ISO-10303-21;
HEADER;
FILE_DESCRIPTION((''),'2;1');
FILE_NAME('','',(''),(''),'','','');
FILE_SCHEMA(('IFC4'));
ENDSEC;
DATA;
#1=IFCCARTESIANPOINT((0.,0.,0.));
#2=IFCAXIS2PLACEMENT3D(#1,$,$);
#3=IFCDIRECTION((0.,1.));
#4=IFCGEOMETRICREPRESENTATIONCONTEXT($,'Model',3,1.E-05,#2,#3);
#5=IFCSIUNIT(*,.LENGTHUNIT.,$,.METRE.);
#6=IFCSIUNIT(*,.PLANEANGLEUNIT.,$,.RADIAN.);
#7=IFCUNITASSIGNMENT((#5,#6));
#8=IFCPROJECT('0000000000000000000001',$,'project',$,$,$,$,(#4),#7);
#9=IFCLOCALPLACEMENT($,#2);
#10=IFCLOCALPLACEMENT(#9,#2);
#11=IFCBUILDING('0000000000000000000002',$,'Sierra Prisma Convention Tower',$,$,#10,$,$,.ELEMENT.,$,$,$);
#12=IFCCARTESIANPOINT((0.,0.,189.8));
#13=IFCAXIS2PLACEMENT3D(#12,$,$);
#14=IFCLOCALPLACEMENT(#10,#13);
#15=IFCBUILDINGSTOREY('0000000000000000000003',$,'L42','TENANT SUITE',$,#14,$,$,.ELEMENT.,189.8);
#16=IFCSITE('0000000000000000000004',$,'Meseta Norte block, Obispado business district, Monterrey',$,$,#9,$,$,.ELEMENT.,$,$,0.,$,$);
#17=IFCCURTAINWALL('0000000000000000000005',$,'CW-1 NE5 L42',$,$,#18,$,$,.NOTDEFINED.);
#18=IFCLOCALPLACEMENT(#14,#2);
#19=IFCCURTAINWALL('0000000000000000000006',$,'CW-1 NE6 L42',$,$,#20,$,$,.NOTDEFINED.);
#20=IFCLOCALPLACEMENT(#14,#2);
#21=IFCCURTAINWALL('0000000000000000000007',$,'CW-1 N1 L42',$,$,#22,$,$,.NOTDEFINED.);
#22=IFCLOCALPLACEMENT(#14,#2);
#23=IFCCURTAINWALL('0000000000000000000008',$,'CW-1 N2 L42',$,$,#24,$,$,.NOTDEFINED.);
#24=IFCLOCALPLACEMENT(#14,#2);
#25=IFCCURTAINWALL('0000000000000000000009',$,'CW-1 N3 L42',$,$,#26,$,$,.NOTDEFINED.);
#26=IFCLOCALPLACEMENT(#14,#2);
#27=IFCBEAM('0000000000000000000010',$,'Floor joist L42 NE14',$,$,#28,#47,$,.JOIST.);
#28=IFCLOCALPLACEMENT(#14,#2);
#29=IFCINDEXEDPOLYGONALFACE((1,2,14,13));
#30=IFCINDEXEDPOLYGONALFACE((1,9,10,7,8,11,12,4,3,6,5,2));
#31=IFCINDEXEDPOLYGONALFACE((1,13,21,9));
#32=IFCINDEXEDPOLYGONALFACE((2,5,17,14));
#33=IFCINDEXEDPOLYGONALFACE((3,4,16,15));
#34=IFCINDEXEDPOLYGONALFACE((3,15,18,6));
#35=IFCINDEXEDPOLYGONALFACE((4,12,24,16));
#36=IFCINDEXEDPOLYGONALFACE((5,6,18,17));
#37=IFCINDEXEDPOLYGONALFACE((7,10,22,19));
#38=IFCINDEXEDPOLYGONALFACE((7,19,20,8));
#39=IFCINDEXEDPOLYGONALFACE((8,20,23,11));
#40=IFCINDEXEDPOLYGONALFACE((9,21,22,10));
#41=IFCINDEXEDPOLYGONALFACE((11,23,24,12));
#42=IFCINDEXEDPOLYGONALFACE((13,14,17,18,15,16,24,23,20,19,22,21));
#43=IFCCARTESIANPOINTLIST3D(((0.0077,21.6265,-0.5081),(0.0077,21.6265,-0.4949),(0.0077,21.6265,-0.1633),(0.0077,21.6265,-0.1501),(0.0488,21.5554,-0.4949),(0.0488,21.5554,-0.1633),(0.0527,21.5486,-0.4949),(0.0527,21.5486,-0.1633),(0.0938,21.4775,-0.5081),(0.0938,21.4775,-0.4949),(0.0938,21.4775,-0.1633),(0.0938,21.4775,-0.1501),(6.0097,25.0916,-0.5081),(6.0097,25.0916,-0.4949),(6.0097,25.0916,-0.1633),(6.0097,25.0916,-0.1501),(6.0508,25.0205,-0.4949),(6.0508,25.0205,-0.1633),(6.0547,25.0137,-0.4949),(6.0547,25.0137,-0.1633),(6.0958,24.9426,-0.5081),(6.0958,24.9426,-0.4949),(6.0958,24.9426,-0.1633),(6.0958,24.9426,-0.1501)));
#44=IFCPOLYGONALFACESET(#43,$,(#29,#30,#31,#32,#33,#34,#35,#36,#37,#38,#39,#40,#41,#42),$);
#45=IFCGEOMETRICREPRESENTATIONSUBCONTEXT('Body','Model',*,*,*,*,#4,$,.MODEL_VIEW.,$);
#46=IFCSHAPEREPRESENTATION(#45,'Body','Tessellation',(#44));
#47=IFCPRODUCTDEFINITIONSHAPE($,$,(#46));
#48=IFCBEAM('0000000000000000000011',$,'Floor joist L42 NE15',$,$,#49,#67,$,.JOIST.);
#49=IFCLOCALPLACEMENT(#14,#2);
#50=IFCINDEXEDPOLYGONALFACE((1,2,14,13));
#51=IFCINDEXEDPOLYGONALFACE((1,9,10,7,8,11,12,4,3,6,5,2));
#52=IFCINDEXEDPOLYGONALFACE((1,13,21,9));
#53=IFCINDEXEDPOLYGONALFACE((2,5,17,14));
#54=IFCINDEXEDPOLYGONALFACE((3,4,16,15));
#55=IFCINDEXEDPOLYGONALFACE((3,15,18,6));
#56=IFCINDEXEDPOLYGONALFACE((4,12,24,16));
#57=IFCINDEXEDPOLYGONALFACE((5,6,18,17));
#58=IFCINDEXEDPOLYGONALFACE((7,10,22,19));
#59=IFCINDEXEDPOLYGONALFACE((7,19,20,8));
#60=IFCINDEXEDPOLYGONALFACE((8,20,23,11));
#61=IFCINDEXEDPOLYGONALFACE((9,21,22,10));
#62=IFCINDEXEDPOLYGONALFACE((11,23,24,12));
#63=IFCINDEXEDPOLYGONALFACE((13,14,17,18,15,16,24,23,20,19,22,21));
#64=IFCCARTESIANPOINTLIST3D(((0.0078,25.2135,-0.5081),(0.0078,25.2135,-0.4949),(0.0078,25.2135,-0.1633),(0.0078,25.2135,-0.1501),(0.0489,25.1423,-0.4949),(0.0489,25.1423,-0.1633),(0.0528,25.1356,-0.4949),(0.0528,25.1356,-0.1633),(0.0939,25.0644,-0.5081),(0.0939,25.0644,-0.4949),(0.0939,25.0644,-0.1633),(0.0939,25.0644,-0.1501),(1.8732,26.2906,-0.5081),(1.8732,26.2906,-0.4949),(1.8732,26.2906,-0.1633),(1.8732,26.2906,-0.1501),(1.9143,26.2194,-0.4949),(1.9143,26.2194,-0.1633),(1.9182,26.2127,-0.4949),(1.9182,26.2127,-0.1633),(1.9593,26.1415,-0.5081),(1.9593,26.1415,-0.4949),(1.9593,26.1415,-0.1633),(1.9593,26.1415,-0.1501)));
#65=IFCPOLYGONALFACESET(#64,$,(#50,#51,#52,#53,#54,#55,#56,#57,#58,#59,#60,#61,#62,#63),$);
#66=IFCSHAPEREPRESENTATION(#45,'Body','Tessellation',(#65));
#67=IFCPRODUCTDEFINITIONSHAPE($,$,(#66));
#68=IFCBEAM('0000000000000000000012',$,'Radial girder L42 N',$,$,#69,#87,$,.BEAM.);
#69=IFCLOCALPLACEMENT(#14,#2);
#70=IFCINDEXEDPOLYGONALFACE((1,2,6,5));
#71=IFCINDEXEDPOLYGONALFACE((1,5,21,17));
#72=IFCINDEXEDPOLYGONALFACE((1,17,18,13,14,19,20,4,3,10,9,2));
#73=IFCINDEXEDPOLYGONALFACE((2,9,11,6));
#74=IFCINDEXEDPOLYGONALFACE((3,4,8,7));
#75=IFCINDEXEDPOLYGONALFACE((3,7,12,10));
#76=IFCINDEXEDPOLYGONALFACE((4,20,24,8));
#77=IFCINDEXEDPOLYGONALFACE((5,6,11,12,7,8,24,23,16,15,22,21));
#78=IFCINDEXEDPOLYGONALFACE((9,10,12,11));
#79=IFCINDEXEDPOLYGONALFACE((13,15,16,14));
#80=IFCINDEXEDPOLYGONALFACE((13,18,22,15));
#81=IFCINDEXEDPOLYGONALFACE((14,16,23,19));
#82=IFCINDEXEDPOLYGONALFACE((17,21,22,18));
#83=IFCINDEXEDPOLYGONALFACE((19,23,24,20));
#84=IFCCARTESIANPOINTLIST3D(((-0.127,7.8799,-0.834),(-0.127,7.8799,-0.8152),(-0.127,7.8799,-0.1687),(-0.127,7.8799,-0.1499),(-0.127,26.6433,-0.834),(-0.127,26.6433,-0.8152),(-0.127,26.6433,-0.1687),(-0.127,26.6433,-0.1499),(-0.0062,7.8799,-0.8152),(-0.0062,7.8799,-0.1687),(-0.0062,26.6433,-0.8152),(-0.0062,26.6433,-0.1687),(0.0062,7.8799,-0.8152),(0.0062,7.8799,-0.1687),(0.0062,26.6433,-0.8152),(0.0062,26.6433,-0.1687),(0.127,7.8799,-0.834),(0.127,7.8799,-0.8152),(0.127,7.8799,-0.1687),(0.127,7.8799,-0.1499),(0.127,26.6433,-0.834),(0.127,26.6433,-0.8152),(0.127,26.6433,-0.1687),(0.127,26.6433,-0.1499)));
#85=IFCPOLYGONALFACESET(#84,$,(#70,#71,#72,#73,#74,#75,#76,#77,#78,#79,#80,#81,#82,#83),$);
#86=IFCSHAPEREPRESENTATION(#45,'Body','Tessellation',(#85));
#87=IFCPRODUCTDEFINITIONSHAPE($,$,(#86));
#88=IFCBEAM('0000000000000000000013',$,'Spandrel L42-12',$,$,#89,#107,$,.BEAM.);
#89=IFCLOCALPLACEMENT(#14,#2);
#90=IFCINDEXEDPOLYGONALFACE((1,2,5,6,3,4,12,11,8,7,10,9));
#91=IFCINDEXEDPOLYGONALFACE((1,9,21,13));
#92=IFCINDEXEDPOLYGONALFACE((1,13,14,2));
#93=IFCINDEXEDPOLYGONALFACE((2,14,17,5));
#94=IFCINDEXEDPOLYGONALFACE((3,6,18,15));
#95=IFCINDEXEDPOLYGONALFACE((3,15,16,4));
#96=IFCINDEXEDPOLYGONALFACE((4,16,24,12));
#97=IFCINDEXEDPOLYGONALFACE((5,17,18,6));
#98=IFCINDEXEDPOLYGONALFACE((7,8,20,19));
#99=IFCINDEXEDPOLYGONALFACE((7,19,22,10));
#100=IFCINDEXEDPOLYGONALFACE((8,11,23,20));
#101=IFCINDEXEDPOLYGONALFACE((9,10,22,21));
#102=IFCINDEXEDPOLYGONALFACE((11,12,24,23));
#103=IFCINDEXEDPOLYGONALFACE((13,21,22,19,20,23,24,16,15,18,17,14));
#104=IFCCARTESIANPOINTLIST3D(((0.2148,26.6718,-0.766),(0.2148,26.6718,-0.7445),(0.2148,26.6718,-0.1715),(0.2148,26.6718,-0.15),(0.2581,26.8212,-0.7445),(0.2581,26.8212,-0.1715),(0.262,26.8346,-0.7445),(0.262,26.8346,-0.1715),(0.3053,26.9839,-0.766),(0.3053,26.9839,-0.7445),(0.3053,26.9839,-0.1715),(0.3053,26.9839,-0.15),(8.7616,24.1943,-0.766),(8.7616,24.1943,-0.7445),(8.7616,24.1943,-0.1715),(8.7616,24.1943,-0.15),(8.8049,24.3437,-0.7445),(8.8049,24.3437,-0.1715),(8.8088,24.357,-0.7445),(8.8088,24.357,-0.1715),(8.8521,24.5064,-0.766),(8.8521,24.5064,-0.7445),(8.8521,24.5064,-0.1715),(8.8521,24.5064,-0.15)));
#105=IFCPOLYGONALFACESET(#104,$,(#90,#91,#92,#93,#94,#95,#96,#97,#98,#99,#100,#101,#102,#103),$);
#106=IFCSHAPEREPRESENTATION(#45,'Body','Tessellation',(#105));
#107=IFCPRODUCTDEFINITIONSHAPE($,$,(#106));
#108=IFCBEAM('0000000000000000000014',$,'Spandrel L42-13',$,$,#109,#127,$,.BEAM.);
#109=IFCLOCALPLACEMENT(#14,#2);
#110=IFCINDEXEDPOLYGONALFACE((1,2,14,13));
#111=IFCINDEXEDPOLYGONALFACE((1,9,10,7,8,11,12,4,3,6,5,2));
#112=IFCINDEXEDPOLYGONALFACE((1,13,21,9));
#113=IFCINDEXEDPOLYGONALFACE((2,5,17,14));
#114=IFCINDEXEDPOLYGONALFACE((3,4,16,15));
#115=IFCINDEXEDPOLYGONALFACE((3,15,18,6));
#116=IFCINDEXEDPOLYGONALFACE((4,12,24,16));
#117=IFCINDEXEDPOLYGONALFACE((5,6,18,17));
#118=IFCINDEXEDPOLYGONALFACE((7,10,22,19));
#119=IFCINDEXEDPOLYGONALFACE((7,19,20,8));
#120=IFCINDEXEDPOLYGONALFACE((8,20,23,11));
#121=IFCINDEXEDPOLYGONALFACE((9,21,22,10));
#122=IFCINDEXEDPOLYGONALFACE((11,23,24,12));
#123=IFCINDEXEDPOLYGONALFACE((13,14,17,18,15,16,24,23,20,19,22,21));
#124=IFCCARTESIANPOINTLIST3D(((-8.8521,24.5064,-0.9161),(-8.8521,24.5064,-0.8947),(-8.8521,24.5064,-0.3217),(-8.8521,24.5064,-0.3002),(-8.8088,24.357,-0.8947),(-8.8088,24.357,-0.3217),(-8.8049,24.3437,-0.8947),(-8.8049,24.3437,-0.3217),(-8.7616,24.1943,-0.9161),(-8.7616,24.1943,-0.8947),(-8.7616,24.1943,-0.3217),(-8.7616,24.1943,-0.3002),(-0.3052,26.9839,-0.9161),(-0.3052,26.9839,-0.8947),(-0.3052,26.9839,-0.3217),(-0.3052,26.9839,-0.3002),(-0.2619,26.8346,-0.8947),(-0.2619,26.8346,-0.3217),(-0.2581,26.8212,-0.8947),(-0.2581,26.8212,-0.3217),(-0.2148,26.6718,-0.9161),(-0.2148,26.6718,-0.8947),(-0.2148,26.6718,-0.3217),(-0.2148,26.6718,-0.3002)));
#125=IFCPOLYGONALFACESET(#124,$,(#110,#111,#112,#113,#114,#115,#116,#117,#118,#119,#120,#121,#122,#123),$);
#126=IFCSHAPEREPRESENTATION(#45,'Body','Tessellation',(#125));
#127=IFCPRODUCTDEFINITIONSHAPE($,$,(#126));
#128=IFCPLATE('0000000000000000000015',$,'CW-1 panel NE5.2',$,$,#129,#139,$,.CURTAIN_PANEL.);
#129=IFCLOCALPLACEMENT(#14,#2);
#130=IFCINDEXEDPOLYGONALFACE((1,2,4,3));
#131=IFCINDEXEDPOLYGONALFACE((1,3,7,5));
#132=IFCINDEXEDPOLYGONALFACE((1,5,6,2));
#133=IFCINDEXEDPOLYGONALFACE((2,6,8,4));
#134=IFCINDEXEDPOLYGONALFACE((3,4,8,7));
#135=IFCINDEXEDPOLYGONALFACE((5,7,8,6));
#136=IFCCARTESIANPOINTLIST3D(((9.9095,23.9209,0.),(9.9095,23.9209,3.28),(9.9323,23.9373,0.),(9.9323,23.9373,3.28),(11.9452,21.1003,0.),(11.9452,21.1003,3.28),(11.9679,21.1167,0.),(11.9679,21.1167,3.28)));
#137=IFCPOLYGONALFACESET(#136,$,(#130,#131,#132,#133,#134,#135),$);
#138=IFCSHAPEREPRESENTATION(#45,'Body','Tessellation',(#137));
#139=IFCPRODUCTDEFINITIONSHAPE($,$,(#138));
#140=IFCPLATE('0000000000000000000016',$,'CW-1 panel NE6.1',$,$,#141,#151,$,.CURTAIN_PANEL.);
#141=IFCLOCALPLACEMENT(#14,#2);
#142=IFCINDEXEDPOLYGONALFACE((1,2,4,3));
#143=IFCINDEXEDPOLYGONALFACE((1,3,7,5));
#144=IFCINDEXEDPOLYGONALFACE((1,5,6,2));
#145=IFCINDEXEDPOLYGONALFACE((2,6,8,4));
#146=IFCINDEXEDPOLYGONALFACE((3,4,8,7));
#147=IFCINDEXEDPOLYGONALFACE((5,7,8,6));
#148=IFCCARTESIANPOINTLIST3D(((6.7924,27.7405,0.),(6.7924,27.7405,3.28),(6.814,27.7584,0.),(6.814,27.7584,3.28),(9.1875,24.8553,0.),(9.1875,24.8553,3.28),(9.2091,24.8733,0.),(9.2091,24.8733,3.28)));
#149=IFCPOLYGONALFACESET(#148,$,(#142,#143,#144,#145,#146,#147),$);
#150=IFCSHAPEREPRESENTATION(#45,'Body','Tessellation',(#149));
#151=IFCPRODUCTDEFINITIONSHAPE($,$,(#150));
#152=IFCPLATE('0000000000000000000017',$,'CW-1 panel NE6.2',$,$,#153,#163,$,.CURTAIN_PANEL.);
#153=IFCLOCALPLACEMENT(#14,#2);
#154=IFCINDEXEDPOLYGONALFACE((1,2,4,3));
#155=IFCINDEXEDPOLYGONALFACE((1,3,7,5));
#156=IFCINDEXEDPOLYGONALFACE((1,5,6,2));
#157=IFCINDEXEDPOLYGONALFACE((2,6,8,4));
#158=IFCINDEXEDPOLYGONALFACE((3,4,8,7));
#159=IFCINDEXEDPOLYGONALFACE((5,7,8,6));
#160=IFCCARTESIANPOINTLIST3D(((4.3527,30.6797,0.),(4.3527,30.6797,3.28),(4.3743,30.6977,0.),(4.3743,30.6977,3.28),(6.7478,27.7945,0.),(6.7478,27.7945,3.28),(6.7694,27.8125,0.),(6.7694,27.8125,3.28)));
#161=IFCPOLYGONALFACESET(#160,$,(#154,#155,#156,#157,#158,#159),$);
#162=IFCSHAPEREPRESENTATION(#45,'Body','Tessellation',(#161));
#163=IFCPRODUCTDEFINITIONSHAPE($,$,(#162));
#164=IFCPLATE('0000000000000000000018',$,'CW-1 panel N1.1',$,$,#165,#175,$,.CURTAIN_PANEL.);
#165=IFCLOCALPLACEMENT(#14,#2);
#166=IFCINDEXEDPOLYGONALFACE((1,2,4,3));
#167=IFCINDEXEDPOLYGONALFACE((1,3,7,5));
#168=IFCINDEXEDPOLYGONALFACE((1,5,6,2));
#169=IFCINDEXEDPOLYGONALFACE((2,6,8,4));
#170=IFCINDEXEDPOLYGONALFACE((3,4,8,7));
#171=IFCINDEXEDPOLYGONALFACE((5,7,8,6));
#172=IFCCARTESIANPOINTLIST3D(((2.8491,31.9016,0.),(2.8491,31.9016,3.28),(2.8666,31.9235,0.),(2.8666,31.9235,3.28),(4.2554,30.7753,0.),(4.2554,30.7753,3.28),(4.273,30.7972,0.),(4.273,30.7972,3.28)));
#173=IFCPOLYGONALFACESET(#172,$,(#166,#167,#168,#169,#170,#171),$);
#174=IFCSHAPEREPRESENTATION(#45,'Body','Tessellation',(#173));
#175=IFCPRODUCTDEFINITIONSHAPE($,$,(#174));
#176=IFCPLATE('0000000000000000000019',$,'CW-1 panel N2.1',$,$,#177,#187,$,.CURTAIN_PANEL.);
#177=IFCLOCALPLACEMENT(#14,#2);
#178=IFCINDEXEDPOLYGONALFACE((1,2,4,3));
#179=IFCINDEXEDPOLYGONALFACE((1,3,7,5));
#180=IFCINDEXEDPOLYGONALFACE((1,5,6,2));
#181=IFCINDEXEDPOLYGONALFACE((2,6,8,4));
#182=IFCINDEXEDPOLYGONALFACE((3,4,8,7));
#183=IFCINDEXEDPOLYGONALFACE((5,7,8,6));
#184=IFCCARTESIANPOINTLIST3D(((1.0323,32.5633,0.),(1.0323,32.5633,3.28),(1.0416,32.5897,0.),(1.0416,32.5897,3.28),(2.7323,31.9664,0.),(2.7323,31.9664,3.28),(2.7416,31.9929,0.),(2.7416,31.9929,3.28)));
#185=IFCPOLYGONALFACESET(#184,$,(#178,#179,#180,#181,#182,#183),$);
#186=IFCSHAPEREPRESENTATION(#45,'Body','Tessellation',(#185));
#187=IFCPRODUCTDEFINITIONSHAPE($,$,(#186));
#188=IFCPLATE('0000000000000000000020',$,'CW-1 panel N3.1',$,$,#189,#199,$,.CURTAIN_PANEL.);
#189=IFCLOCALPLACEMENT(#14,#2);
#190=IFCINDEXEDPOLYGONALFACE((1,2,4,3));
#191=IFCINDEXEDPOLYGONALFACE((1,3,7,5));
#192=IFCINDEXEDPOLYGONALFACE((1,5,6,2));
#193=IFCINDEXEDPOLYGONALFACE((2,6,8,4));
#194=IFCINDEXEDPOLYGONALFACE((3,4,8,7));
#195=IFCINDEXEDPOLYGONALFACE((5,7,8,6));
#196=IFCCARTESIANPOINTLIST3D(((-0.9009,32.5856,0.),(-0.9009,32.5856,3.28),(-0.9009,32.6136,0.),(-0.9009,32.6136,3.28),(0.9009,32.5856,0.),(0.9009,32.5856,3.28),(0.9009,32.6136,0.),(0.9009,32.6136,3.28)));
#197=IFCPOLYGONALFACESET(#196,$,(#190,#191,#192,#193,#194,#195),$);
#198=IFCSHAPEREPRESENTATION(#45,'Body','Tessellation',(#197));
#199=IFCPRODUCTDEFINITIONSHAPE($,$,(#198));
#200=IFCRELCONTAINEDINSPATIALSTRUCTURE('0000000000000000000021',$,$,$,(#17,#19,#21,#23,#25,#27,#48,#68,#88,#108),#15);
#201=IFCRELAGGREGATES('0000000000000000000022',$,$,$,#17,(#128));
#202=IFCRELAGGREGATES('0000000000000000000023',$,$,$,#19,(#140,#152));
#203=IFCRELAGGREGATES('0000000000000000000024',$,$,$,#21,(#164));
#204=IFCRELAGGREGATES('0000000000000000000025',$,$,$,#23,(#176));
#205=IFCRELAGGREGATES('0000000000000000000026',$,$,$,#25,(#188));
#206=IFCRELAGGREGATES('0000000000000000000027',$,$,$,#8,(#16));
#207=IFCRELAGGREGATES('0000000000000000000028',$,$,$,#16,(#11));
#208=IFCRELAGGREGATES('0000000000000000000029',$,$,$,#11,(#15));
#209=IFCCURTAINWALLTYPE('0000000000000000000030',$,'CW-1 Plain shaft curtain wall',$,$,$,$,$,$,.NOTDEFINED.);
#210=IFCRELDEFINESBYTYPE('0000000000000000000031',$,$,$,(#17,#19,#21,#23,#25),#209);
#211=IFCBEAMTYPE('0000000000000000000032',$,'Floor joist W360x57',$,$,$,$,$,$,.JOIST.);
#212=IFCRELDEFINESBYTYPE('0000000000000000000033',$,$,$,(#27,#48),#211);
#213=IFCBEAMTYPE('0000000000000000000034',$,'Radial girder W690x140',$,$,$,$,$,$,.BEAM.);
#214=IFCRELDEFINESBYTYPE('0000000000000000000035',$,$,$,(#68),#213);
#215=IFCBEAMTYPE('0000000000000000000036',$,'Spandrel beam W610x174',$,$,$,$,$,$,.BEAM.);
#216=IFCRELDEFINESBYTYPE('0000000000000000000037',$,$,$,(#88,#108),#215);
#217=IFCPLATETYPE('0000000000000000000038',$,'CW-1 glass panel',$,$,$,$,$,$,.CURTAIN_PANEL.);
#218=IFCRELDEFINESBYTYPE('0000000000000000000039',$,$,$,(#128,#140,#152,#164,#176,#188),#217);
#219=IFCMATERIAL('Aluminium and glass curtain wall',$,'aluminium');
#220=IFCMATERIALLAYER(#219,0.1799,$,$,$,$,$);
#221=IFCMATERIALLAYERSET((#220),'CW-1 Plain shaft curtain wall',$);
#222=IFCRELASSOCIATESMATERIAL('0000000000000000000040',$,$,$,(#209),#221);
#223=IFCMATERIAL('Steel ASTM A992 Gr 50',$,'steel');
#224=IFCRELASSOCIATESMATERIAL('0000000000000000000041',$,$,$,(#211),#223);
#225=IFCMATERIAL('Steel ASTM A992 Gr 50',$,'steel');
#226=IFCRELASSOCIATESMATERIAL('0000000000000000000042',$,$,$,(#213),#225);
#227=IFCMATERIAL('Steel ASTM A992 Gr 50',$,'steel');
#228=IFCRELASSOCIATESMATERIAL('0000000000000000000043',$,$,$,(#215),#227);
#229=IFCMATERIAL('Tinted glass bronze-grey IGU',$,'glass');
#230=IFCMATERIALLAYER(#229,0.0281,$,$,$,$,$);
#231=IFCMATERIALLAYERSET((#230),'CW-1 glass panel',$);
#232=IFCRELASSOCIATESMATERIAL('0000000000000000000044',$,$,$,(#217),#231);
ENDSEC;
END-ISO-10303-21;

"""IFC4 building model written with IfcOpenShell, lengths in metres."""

from ifc_helpers import new_model, si_unit, direction, frame, origin, origin_2d, place, context, subcontext, project, spatial, rectangle, i_section, extrude, material, layer, layer_set, material_profile, profile_set, type_object, element, aggregate, save


model = new_model("IFC4")

# Units and contexts
model_context = context("Model", 3, precision=1e-05, world=origin(), true_north=direction((0.0, 1.0)))
body_context = subcontext(model_context, "Body", "Model", "MODEL_VIEW")
ifc_project = project(units=[si_unit("LENGTHUNIT", "METRE"), si_unit("PLANEANGLEUNIT", "RADIAN")], contexts=[model_context])

# Site, building, storey
site_placement = place(None, origin())
site = spatial("IfcSite", under=ifc_project, at=site_placement, Name="Meseta Norte block, Obispado business district, Monterrey", CompositionType="ELEMENT", RefElevation=0.0)
building_placement = place(site_placement, origin())
building = spatial("IfcBuilding", under=site, at=building_placement, Name="Sierra Prisma Convention Tower", CompositionType="ELEMENT")
storey_placement = place(building_placement, frame((0.0, 0.0, 189.8)))
storey = spatial("IfcBuildingStorey", under=building, at=storey_placement, Name="L42", Description="TENANT SUITE", CompositionType="ELEMENT", Elevation=189.8)

# Curtain wall
ifc_material_1 = material(Name="Aluminium and glass curtain wall", Category="aluminium")
ifc_layer_1 = layer(ifc_material_1, 0.1799)
ifc_layer_set_1 = layer_set([ifc_layer_1], Name="CW-1 Plain shaft curtain wall")
curtain_wall_type = type_object("IfcCurtainWallType", Name="CW-1 Plain shaft curtain wall", PredefinedType="NOTDEFINED", material=ifc_layer_set_1)
curtain_wall_1_placement = place(storey_placement, origin())
curtain_wall_1 = element("IfcCurtainWall", 1, at=curtain_wall_1_placement, inside=storey, type_object=curtain_wall_type, Name="CW-1 NE5 L42", PredefinedType="NOTDEFINED")

# Curtain walls
curtain_wall_2_placement = place(storey_placement, origin())
curtain_wall_2 = element("IfcCurtainWall", 2, at=curtain_wall_2_placement, inside=storey, type_object=curtain_wall_type, Name="CW-1 NE6 L42", PredefinedType="NOTDEFINED")
curtain_wall_3_placement = place(storey_placement, origin())
curtain_wall_3 = element("IfcCurtainWall", 3, at=curtain_wall_3_placement, inside=storey, type_object=curtain_wall_type, Name="CW-1 N1 L42", PredefinedType="NOTDEFINED")
curtain_wall_4_placement = place(storey_placement, origin())
curtain_wall_4 = element("IfcCurtainWall", 4, at=curtain_wall_4_placement, inside=storey, type_object=curtain_wall_type, Name="CW-1 N2 L42", PredefinedType="NOTDEFINED")
curtain_wall_5_placement = place(storey_placement, origin())
curtain_wall_5 = element("IfcCurtainWall", 5, at=curtain_wall_5_placement, inside=storey, type_object=curtain_wall_type, Name="CW-1 N3 L42", PredefinedType="NOTDEFINED")

# Beams
ifc_material_2 = material(Name="Steel ASTM A992 Gr 50", Category="steel")
ifc_material_profile_1 = material_profile(ifc_material_2, i_section(OverallWidth=0.1721, OverallDepth=0.3579, WebThickness=0.0078, FlangeThickness=0.0132, at=origin_2d()), Name="W360x57")
ifc_profile_set_1 = profile_set([ifc_material_profile_1], Name="Steel ASTM A992 Gr 50")
beam_type_1 = type_object("IfcBeamType", Name="Floor joist W360x57", PredefinedType="JOIST", material=ifc_profile_set_1)
beam_1_placement = place(storey_placement, frame((6.0527, 25.0171, -0.3291), z_axis=(-0.866034, -0.499985, 0.0), x_axis=(0.499985, -0.866034, 0.0)))
element("IfcBeam", 6, at=beam_1_placement, inside=storey, type_object=beam_type_1, Name="Floor joist L42 NE14", PredefinedType="JOIST", context=body_context, shape_type="SweptSolid", body=[
    extrude(i_section(OverallWidth=0.1721, OverallDepth=0.3579, WebThickness=0.0078, FlangeThickness=0.0132, at=origin_2d()), origin(), (0.0, 0.0, 1.0), 6.9304),
])
beam_2_placement = place(storey_placement, frame((1.9163, 26.2161, -0.3291), z_axis=(-0.866003, -0.50004, 0.0), x_axis=(0.50004, -0.866003, 0.0)))
element("IfcBeam", 7, at=beam_2_placement, inside=storey, type_object=beam_type_1, Name="Floor joist L42 NE15", PredefinedType="JOIST", context=body_context, shape_type="SweptSolid", body=[
    extrude(i_section(OverallWidth=0.1721, OverallDepth=0.3579, WebThickness=0.0078, FlangeThickness=0.0132, at=origin_2d()), origin(), (0.0, 0.0, 1.0), 2.1541),
])
ifc_material_3 = material(Name="Steel ASTM A992 Gr 50", Category="steel")
ifc_material_profile_2 = material_profile(ifc_material_3, i_section(OverallWidth=0.2539, OverallDepth=0.6841, WebThickness=0.0125, FlangeThickness=0.0188, at=origin_2d()), Name="W690x140")
ifc_profile_set_2 = profile_set([ifc_material_profile_2], Name="Steel ASTM A992 Gr 50")
beam_type_2 = type_object("IfcBeamType", Name="Radial girder W690x140", PredefinedType="BEAM", material=ifc_profile_set_2)
beam_3_placement = place(storey_placement, frame((0.0, 26.6433, -0.4919), z_axis=(0.0, -1.0, 0.0), x_axis=(1.0, 0.0, 0.0)))
element("IfcBeam", 8, at=beam_3_placement, inside=storey, type_object=beam_type_2, Name="Radial girder L42 N", PredefinedType="BEAM", context=body_context, shape_type="SweptSolid", body=[
    extrude(i_section(OverallWidth=0.2539, OverallDepth=0.6841, WebThickness=0.0125, FlangeThickness=0.0188, at=origin_2d()), origin(), (0.0, 0.0, 1.0), 18.7634),
])
ifc_material_4 = material(Name="Steel ASTM A992 Gr 50", Category="steel")
ifc_material_profile_3 = material_profile(ifc_material_4, i_section(OverallWidth=0.325, OverallDepth=0.616, WebThickness=0.0139, FlangeThickness=0.0215, at=origin_2d()), Name="W610x174")
ifc_profile_set_3 = profile_set([ifc_material_profile_3], Name="Steel ASTM A992 Gr 50")
beam_type_3 = type_object("IfcBeamType", Name="Spandrel beam W610x174", PredefinedType="BEAM", material=ifc_profile_set_3)
for number, where, z_axis, x_axis, name in (
    (9, (8.8069, 24.3503, -0.458), (-0.960461, 0.278415, 0.0), (-0.278415, -0.960461, 0.0), "Spandrel L42-12"),
    (10, (-0.26, 26.8279, -0.6082), (-0.960461, -0.278415, 0.0), (0.278415, -0.960461, 0.0), "Spandrel L42-13"),
):
    element("IfcBeam", number, at=place(storey_placement, frame(where, z_axis=z_axis, x_axis=x_axis)), inside=storey, type_object=beam_type_3, Name=name, PredefinedType="BEAM", context=body_context, shape_type="SweptSolid", body=[
        extrude(i_section(OverallWidth=0.325, OverallDepth=0.616, WebThickness=0.0139, FlangeThickness=0.0215, at=origin_2d()), origin(), (0.0, 0.0, 1.0), 8.8987),
    ])

# Plates
ifc_material_5 = material(Name="Tinted glass bronze-grey IGU", Category="glass")
ifc_layer_2 = layer(ifc_material_5, 0.0281)
ifc_layer_set_2 = layer_set([ifc_layer_2], Name="CW-1 glass panel")
plate_type = type_object("IfcPlateType", Name="CW-1 glass panel", PredefinedType="CURTAIN_PANEL", material=ifc_layer_set_2)
plate_1_placement = place(storey_placement, frame((10.9387, 22.5188, 0.0), z_axis=(0.0, 0.0, 1.0), x_axis=(-0.585215, 0.810878, 0.0)))
plate_1 = element("IfcPlate", 11, at=plate_1_placement, type_object=plate_type, Name="CW-1 panel NE5.2", PredefinedType="CURTAIN_PANEL", context=body_context, shape_type="SweptSolid", body=[
    extrude(rectangle(XDim=3.4785, YDim=0.0281, at=origin_2d()), origin(), (0.0, 0.0, 1.0), 3.28),
])
aggregate(curtain_wall_1, [plate_1])
plate_2_placement = place(storey_placement, frame((8.0007, 26.3069, 0.0), z_axis=(0.0, 0.0, 1.0), x_axis=(-0.638728, 0.769433, 0.0)))
plate_2 = element("IfcPlate", 12, at=plate_2_placement, type_object=plate_type, Name="CW-1 panel NE6.1", PredefinedType="CURTAIN_PANEL", context=body_context, shape_type="SweptSolid", body=[
    extrude(rectangle(XDim=3.7498, YDim=0.0281, at=origin_2d()), origin(), (0.0, 0.0, 1.0), 3.28),
])
plate_3_placement = place(storey_placement, frame((5.561, 29.2461, 0.0), z_axis=(0.0, 0.0, 1.0), x_axis=(-0.638728, 0.769433, 0.0)))
plate_3 = element("IfcPlate", 13, at=plate_3_placement, type_object=plate_type, Name="CW-1 panel NE6.2", PredefinedType="CURTAIN_PANEL", context=body_context, shape_type="SweptSolid", body=[
    extrude(rectangle(XDim=3.7498, YDim=0.0281, at=origin_2d()), origin(), (0.0, 0.0, 1.0), 3.28),
])
aggregate(curtain_wall_2, [plate_2, plate_3])
plate_4_placement = place(storey_placement, frame((3.561, 31.3494, 0.0), z_axis=(0.0, 0.0, 1.0), x_axis=(-0.78053, 0.625118, 0.0)))
plate_4 = element("IfcPlate", 14, at=plate_4_placement, type_object=plate_type, Name="CW-1 panel N1.1", PredefinedType="CURTAIN_PANEL", context=body_context, shape_type="SweptSolid", body=[
    extrude(rectangle(XDim=1.8018, YDim=0.0281, at=origin_2d()), origin(), (0.0, 0.0, 1.0), 3.28),
])
aggregate(curtain_wall_3, [plate_4])
plate_5_placement = place(storey_placement, frame((1.887, 32.2781, 0.0), z_axis=(0.0, 0.0, 1.0), x_axis=(-0.943539, 0.331263, 0.0)))
plate_5 = element("IfcPlate", 15, at=plate_5_placement, type_object=plate_type, Name="CW-1 panel N2.1", PredefinedType="CURTAIN_PANEL", context=body_context, shape_type="SweptSolid", body=[
    extrude(rectangle(XDim=1.8018, YDim=0.0281, at=origin_2d()), origin(), (0.0, 0.0, 1.0), 3.28),
])
aggregate(curtain_wall_4, [plate_5])
plate_6_placement = place(storey_placement, frame((0.0, 32.5996, 0.0), z_axis=(0.0, 0.0, 1.0), x_axis=(-1.0, 0.0, 0.0)))
plate_6 = element("IfcPlate", 16, at=plate_6_placement, type_object=plate_type, Name="CW-1 panel N3.1", PredefinedType="CURTAIN_PANEL", context=body_context, shape_type="SweptSolid", body=[
    extrude(rectangle(XDim=1.8018, YDim=0.0281, at=origin_2d()), origin(), (0.0, 0.0, 1.0), 3.28),
])
aggregate(curtain_wall_5, [plate_6])

save(model, "model.ifc")
